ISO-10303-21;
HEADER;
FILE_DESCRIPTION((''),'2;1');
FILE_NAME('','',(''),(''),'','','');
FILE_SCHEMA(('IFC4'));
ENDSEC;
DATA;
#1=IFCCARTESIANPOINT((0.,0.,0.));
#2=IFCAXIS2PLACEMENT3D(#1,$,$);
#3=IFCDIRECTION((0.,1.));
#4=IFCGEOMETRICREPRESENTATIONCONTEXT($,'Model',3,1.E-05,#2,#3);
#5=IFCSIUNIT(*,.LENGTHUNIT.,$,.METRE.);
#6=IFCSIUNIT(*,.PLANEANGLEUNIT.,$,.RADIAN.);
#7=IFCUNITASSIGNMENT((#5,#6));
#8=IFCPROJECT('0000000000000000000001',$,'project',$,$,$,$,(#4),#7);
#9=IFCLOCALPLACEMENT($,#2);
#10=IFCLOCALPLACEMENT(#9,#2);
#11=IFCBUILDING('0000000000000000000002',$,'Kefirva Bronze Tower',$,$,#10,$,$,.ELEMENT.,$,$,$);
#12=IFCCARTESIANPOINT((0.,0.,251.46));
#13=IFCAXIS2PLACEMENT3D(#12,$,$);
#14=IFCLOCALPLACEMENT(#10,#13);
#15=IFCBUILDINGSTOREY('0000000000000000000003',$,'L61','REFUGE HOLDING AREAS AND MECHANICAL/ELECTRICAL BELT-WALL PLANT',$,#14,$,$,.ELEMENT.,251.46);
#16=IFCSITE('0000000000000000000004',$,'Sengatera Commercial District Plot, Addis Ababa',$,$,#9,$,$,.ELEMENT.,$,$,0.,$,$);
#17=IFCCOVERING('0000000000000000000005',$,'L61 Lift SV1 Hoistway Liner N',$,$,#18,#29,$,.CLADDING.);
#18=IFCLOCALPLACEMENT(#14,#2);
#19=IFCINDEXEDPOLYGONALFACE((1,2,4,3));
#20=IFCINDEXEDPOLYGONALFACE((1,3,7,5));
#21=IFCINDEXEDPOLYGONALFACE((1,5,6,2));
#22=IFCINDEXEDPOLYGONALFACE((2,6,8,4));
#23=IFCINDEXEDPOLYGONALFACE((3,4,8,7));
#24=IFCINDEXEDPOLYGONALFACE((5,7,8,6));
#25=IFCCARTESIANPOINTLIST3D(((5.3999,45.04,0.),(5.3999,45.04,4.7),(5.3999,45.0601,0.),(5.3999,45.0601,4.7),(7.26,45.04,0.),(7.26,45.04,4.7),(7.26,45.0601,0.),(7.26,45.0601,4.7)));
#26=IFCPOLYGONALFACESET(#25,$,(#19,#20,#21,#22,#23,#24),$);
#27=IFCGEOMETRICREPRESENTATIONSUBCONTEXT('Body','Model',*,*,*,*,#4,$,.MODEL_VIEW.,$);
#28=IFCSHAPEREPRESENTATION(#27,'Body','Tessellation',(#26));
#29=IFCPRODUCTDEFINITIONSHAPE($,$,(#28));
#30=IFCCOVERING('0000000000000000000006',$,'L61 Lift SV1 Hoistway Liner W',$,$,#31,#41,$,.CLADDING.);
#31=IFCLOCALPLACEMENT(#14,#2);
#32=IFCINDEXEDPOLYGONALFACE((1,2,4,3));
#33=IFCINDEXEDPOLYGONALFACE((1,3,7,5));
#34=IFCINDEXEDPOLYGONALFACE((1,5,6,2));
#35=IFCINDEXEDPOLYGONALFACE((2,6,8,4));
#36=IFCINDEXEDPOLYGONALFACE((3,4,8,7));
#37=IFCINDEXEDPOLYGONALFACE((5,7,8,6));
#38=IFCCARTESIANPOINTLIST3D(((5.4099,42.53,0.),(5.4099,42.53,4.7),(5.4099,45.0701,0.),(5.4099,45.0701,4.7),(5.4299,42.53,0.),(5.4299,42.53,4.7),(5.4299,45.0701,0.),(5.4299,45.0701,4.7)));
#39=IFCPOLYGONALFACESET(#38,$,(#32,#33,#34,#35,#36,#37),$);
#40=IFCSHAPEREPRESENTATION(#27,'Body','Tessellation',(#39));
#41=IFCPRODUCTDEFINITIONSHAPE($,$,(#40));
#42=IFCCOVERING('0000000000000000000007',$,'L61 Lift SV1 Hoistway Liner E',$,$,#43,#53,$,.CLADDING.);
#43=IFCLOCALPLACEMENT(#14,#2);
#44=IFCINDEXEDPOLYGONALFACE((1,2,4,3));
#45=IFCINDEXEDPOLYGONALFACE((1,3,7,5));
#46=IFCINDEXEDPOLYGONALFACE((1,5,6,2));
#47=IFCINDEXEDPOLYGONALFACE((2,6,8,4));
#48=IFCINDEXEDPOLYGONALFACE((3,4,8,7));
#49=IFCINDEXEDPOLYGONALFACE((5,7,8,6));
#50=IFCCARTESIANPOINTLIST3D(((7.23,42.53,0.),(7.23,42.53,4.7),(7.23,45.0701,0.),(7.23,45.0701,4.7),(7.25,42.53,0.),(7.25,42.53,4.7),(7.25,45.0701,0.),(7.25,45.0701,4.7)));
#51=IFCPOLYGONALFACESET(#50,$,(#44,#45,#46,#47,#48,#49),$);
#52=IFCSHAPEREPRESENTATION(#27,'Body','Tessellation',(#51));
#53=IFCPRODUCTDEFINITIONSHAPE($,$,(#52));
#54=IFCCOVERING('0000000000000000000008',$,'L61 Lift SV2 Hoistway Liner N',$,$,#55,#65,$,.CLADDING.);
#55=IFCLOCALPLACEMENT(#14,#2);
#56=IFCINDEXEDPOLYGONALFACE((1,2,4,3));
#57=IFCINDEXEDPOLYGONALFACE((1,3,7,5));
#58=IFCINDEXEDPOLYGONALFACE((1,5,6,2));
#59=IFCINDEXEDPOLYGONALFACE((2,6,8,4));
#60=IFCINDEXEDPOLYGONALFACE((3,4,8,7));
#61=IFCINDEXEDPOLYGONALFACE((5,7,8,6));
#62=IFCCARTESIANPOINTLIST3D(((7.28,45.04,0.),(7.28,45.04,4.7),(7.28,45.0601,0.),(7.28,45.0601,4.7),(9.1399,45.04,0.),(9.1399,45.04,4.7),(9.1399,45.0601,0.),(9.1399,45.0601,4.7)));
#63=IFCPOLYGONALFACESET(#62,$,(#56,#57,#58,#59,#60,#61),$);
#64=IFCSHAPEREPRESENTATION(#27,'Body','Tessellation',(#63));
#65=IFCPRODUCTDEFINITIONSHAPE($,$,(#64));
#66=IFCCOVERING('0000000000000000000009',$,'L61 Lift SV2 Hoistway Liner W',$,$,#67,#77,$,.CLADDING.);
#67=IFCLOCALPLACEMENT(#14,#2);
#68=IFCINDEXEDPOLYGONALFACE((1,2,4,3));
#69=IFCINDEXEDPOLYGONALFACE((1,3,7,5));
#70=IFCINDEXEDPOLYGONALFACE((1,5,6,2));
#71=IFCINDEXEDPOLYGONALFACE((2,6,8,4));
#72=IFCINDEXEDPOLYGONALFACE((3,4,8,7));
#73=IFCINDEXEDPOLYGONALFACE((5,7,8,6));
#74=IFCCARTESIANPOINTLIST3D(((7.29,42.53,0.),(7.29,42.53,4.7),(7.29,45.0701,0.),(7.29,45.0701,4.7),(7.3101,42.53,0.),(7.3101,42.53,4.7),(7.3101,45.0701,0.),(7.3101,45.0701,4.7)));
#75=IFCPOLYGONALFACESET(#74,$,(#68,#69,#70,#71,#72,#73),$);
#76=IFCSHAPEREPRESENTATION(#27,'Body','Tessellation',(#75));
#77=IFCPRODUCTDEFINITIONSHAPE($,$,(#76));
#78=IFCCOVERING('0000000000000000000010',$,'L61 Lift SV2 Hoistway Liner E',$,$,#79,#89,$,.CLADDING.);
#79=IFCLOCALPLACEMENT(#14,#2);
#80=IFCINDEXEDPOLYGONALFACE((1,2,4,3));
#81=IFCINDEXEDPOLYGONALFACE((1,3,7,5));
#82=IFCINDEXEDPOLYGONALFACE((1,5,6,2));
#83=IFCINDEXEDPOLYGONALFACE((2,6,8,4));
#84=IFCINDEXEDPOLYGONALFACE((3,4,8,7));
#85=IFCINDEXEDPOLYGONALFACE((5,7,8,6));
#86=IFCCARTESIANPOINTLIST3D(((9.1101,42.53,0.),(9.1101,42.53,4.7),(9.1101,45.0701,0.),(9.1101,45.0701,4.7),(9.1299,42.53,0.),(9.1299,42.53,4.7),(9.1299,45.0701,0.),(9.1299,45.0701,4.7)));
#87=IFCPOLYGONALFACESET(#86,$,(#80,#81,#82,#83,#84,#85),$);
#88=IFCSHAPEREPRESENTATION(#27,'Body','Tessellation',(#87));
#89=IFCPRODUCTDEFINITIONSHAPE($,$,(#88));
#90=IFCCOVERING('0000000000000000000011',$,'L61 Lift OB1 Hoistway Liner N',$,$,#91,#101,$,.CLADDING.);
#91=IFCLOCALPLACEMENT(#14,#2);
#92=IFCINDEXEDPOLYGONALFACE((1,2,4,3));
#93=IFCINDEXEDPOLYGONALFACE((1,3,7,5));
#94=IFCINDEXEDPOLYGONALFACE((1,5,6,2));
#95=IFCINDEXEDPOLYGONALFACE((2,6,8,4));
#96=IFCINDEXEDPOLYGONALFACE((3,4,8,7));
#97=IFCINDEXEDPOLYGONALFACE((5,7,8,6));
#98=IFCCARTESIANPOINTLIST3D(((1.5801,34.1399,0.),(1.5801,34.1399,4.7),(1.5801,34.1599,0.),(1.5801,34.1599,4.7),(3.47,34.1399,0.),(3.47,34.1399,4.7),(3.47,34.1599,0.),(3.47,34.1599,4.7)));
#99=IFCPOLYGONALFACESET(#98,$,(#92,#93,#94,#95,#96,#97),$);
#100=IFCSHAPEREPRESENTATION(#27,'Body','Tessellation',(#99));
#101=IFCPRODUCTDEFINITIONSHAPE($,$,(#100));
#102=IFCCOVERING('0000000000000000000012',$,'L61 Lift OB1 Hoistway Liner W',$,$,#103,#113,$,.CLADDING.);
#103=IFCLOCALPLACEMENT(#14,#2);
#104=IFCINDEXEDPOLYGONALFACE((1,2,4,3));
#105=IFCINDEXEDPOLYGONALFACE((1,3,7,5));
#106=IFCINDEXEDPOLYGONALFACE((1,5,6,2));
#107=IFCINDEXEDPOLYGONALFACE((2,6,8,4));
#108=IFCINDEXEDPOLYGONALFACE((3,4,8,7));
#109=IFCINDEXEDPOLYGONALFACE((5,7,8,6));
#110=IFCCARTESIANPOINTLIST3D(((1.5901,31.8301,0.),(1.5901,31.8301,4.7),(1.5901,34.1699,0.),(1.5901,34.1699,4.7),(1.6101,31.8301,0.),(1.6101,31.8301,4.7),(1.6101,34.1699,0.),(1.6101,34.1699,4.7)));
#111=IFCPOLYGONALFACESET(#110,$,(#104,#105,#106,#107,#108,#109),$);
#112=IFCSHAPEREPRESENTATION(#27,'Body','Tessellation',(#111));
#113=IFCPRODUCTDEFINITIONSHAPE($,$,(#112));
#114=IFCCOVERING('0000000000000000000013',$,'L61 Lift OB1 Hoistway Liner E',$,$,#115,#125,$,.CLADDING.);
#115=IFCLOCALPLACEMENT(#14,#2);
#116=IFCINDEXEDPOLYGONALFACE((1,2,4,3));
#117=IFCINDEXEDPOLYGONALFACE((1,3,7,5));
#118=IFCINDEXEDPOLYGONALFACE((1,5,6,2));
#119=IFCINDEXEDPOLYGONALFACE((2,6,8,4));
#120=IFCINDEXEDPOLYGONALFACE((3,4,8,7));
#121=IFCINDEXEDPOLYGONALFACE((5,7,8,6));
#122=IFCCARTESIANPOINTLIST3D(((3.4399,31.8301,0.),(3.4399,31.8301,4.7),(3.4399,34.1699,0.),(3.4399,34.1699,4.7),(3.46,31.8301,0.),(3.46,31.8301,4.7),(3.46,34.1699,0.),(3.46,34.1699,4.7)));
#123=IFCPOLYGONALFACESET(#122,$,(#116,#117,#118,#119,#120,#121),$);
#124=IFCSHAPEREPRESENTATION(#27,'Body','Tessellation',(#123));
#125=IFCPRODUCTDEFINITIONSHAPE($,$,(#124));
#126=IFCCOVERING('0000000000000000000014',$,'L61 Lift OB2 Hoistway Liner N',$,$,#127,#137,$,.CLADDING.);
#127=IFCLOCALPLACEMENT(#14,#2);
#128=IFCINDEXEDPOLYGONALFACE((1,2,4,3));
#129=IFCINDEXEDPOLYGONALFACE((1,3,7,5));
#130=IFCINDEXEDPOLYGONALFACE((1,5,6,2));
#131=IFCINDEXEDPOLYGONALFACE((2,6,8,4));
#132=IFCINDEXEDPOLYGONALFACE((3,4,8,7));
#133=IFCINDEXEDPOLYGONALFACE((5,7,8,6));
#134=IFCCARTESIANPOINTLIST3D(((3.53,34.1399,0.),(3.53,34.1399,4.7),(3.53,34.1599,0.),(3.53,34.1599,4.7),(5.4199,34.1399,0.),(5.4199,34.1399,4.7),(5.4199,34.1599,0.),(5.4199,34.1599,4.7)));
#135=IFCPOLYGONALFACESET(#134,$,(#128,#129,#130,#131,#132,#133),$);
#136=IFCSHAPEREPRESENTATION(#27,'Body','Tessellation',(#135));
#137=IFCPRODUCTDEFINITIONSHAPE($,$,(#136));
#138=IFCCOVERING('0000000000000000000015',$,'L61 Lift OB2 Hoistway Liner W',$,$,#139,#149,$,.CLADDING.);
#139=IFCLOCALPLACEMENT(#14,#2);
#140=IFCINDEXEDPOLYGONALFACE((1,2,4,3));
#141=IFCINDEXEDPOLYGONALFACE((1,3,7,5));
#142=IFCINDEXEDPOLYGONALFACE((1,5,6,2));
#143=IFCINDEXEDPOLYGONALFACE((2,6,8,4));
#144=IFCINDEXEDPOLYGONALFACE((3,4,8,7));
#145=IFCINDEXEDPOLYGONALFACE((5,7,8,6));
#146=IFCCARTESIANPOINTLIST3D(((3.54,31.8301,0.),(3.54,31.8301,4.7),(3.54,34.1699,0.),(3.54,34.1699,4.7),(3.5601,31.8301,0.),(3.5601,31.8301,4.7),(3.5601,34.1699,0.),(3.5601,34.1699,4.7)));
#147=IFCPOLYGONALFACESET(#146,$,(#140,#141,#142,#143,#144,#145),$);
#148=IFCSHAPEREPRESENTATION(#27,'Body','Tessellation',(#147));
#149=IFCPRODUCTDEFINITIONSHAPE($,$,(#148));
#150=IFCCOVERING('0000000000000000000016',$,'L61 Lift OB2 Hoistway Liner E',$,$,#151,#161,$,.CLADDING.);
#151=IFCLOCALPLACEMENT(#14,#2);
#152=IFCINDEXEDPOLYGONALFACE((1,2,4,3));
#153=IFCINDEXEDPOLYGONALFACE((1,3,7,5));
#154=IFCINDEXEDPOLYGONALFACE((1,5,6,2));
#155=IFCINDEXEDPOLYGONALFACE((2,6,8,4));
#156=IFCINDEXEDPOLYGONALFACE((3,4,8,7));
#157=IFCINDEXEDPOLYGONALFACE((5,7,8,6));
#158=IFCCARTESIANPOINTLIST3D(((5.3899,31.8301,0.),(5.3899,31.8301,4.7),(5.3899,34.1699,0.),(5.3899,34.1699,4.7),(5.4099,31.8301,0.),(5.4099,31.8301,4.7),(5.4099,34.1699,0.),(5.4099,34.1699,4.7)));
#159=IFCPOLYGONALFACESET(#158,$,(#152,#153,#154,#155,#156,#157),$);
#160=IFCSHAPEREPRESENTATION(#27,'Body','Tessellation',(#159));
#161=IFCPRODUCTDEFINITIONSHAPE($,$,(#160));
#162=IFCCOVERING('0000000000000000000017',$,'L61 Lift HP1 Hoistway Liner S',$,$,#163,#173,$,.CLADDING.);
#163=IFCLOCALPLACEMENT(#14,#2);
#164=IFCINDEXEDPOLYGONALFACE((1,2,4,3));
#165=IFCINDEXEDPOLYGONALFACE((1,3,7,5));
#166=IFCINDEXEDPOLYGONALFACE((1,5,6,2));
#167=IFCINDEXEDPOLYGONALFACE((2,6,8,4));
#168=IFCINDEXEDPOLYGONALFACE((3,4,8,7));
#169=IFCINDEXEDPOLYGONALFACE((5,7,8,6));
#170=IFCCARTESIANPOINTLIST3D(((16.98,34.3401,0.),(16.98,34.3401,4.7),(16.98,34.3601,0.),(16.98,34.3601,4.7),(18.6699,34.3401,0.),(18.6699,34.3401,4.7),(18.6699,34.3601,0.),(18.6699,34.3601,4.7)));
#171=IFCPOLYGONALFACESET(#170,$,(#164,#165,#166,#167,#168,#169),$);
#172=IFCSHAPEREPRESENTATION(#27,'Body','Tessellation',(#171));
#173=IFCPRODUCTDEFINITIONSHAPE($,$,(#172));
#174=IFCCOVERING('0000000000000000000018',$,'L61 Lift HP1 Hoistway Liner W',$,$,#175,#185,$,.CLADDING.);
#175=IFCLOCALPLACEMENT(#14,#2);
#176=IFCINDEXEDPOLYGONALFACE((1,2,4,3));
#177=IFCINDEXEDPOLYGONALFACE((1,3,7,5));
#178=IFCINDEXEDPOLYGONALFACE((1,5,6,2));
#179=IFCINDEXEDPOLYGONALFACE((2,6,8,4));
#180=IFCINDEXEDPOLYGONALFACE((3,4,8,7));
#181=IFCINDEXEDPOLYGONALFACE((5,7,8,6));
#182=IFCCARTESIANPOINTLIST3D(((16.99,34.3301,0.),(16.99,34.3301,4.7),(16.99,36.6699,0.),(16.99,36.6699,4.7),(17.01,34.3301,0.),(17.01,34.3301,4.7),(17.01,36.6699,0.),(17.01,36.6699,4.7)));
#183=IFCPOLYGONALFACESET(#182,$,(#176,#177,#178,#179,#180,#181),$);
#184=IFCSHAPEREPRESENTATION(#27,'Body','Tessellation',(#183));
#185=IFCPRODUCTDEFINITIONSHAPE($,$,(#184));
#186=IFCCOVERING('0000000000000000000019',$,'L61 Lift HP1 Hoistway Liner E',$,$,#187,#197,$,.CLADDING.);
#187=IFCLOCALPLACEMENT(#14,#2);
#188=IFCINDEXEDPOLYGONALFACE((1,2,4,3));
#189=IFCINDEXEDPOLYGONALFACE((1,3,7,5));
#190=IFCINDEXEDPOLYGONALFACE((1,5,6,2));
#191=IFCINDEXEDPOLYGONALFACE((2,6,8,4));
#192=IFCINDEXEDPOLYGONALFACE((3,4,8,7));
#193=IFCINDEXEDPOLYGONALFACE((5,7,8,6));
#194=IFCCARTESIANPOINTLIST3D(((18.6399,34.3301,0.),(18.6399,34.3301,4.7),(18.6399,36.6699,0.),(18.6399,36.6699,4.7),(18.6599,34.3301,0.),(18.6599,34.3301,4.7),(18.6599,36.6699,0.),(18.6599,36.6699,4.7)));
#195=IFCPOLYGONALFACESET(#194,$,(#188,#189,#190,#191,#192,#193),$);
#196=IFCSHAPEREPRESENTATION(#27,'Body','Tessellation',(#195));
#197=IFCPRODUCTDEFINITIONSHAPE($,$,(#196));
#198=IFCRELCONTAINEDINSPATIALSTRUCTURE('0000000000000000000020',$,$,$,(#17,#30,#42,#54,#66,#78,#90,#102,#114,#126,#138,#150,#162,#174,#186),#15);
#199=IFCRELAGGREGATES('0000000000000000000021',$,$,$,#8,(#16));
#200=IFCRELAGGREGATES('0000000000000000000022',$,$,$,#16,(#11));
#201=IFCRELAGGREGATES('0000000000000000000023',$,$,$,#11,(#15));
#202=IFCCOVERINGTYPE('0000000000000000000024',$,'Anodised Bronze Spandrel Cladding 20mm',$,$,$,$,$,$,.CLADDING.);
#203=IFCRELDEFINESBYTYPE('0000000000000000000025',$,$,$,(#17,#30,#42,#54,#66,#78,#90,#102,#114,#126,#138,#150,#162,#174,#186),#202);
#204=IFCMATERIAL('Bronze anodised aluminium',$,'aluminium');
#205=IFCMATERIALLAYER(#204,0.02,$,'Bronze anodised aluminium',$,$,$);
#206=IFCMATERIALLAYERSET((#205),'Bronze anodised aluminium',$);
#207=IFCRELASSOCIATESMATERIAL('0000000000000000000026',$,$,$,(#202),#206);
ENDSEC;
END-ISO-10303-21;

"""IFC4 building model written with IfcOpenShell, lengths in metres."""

from ifc_helpers import new_model, si_unit, direction, frame, origin, place, context, subcontext, project, spatial, polyline, outline, extrude, material, layer, layer_set, type_object, element, save


model = new_model("IFC4")

# Units and contexts
model_context = context("Model", 3, precision=1e-05, world=origin(), true_north=direction((0.0, 1.0)))
body_context = subcontext(model_context, "Body", "Model", "MODEL_VIEW")
ifc_project = project(units=[si_unit("LENGTHUNIT", "METRE"), si_unit("PLANEANGLEUNIT", "RADIAN")], contexts=[model_context])

# Site, building, storey
site_placement = place(None, origin())
site = spatial("IfcSite", under=ifc_project, at=site_placement, Name="Sengatera Commercial District Plot, Addis Ababa", CompositionType="ELEMENT", RefElevation=0.0)
building_placement = place(site_placement, origin())
building = spatial("IfcBuilding", under=site, at=building_placement, Name="Kefirva Bronze Tower", CompositionType="ELEMENT")
storey_placement = place(building_placement, frame((0.0, 0.0, 251.46)))
storey = spatial("IfcBuildingStorey", under=building, at=storey_placement, Name="L61", Description="REFUGE HOLDING AREAS AND MECHANICAL/ELECTRICAL BELT-WALL PLANT", CompositionType="ELEMENT", Elevation=251.46)

# Coverings
ifc_material_1 = material(Name="Bronze anodised aluminium", Category="aluminium")
ifc_layer_1 = layer(ifc_material_1, 0.02, Name="Bronze anodised aluminium")
ifc_layer_set_1 = layer_set([ifc_layer_1], Name="Bronze anodised aluminium")
covering_type = type_object("IfcCoveringType", Name="Anodised Bronze Spandrel Cladding 20mm", PredefinedType="CLADDING", material=ifc_layer_set_1)
covering_1_placement = place(storey_placement, origin())
element("IfcCovering", 1, at=covering_1_placement, inside=storey, type_object=covering_type, Name="L61 Lift SV1 Hoistway Liner N", PredefinedType="CLADDING", context=body_context, shape_type="SweptSolid", body=[
    extrude(outline(polyline([(5.3999, 45.04), (7.26, 45.04), (7.26, 45.0601), (5.3999, 45.0601), (5.3999, 45.04)])), origin(), (0.0, 0.0, 1.0), 4.7),
])
covering_2_placement = place(storey_placement, origin())
element("IfcCovering", 2, at=covering_2_placement, inside=storey, type_object=covering_type, Name="L61 Lift SV1 Hoistway Liner W", PredefinedType="CLADDING", context=body_context, shape_type="SweptSolid", body=[
    extrude(outline(polyline([(5.4099, 42.53), (5.4299, 42.53), (5.4299, 45.0701), (5.4099, 45.0701), (5.4099, 42.53)])), origin(), (0.0, 0.0, 1.0), 4.7),
])
covering_3_placement = place(storey_placement, origin())
element("IfcCovering", 3, at=covering_3_placement, inside=storey, type_object=covering_type, Name="L61 Lift SV1 Hoistway Liner E", PredefinedType="CLADDING", context=body_context, shape_type="SweptSolid", body=[
    extrude(outline(polyline([(7.23, 42.53), (7.25, 42.53), (7.25, 45.0701), (7.23, 45.0701), (7.23, 42.53)])), origin(), (0.0, 0.0, 1.0), 4.7),
])
covering_4_placement = place(storey_placement, origin())
element("IfcCovering", 4, at=covering_4_placement, inside=storey, type_object=covering_type, Name="L61 Lift SV2 Hoistway Liner N", PredefinedType="CLADDING", context=body_context, shape_type="SweptSolid", body=[
    extrude(outline(polyline([(7.28, 45.04), (9.1399, 45.04), (9.1399, 45.0601), (7.28, 45.0601), (7.28, 45.04)])), origin(), (0.0, 0.0, 1.0), 4.7),
])
covering_5_placement = place(storey_placement, origin())
element("IfcCovering", 5, at=covering_5_placement, inside=storey, type_object=covering_type, Name="L61 Lift SV2 Hoistway Liner W", PredefinedType="CLADDING", context=body_context, shape_type="SweptSolid", body=[
    extrude(outline(polyline([(7.29, 42.53), (7.3101, 42.53), (7.3101, 45.0701), (7.29, 45.0701), (7.29, 42.53)])), origin(), (0.0, 0.0, 1.0), 4.7),
])
covering_6_placement = place(storey_placement, origin())
element("IfcCovering", 6, at=covering_6_placement, inside=storey, type_object=covering_type, Name="L61 Lift SV2 Hoistway Liner E", PredefinedType="CLADDING", context=body_context, shape_type="SweptSolid", body=[
    extrude(outline(polyline([(9.1101, 42.53), (9.1299, 42.53), (9.1299, 45.0701), (9.1101, 45.0701), (9.1101, 42.53)])), origin(), (0.0, 0.0, 1.0), 4.7),
])
covering_7_placement = place(storey_placement, origin())
element("IfcCovering", 7, at=covering_7_placement, inside=storey, type_object=covering_type, Name="L61 Lift OB1 Hoistway Liner N", PredefinedType="CLADDING", context=body_context, shape_type="SweptSolid", body=[
    extrude(outline(polyline([(1.5801, 34.1399), (3.47, 34.1399), (3.47, 34.1599), (1.5801, 34.1599), (1.5801, 34.1399)])), origin(), (0.0, 0.0, 1.0), 4.7),
])
covering_8_placement = place(storey_placement, origin())
element("IfcCovering", 8, at=covering_8_placement, inside=storey, type_object=covering_type, Name="L61 Lift OB1 Hoistway Liner W", PredefinedType="CLADDING", context=body_context, shape_type="SweptSolid", body=[
    extrude(outline(polyline([(1.5901, 31.8301), (1.6101, 31.8301), (1.6101, 34.1699), (1.5901, 34.1699), (1.5901, 31.8301)])), origin(), (0.0, 0.0, 1.0), 4.7),
])
covering_9_placement = place(storey_placement, origin())
element("IfcCovering", 9, at=covering_9_placement, inside=storey, type_object=covering_type, Name="L61 Lift OB1 Hoistway Liner E", PredefinedType="CLADDING", context=body_context, shape_type="SweptSolid", body=[
    extrude(outline(polyline([(3.4399, 31.8301), (3.46, 31.8301), (3.46, 34.1699), (3.4399, 34.1699), (3.4399, 31.8301)])), origin(), (0.0, 0.0, 1.0), 4.7),
])
covering_10_placement = place(storey_placement, origin())
element("IfcCovering", 10, at=covering_10_placement, inside=storey, type_object=covering_type, Name="L61 Lift OB2 Hoistway Liner N", PredefinedType="CLADDING", context=body_context, shape_type="SweptSolid", body=[
    extrude(outline(polyline([(3.53, 34.1399), (5.4199, 34.1399), (5.4199, 34.1599), (3.53, 34.1599), (3.53, 34.1399)])), origin(), (0.0, 0.0, 1.0), 4.7),
])
covering_11_placement = place(storey_placement, origin())
element("IfcCovering", 11, at=covering_11_placement, inside=storey, type_object=covering_type, Name="L61 Lift OB2 Hoistway Liner W", PredefinedType="CLADDING", context=body_context, shape_type="SweptSolid", body=[
    extrude(outline(polyline([(3.54, 31.8301), (3.5601, 31.8301), (3.5601, 34.1699), (3.54, 34.1699), (3.54, 31.8301)])), origin(), (0.0, 0.0, 1.0), 4.7),
])
covering_12_placement = place(storey_placement, origin())
element("IfcCovering", 12, at=covering_12_placement, inside=storey, type_object=covering_type, Name="L61 Lift OB2 Hoistway Liner E", PredefinedType="CLADDING", context=body_context, shape_type="SweptSolid", body=[
    extrude(outline(polyline([(5.3899, 31.8301), (5.4099, 31.8301), (5.4099, 34.1699), (5.3899, 34.1699), (5.3899, 31.8301)])), origin(), (0.0, 0.0, 1.0), 4.7),
])
covering_13_placement = place(storey_placement, origin())
element("IfcCovering", 13, at=covering_13_placement, inside=storey, type_object=covering_type, Name="L61 Lift HP1 Hoistway Liner S", PredefinedType="CLADDING", context=body_context, shape_type="SweptSolid", body=[
    extrude(outline(polyline([(16.98, 34.3401), (18.6699, 34.3401), (18.6699, 34.3601), (16.98, 34.3601), (16.98, 34.3401)])), origin(), (0.0, 0.0, 1.0), 4.7),
])
covering_14_placement = place(storey_placement, origin())
element("IfcCovering", 14, at=covering_14_placement, inside=storey, type_object=covering_type, Name="L61 Lift HP1 Hoistway Liner W", PredefinedType="CLADDING", context=body_context, shape_type="SweptSolid", body=[
    extrude(outline(polyline([(16.99, 34.3301), (17.01, 34.3301), (17.01, 36.6699), (16.99, 36.6699), (16.99, 34.3301)])), origin(), (0.0, 0.0, 1.0), 4.7),
])
covering_15_placement = place(storey_placement, origin())
element("IfcCovering", 15, at=covering_15_placement, inside=storey, type_object=covering_type, Name="L61 Lift HP1 Hoistway Liner E", PredefinedType="CLADDING", context=body_context, shape_type="SweptSolid", body=[
    extrude(outline(polyline([(18.6399, 34.3301), (18.6599, 34.3301), (18.6599, 36.6699), (18.6399, 36.6699), (18.6399, 34.3301)])), origin(), (0.0, 0.0, 1.0), 4.7),
])

save(model, "model.ifc")
